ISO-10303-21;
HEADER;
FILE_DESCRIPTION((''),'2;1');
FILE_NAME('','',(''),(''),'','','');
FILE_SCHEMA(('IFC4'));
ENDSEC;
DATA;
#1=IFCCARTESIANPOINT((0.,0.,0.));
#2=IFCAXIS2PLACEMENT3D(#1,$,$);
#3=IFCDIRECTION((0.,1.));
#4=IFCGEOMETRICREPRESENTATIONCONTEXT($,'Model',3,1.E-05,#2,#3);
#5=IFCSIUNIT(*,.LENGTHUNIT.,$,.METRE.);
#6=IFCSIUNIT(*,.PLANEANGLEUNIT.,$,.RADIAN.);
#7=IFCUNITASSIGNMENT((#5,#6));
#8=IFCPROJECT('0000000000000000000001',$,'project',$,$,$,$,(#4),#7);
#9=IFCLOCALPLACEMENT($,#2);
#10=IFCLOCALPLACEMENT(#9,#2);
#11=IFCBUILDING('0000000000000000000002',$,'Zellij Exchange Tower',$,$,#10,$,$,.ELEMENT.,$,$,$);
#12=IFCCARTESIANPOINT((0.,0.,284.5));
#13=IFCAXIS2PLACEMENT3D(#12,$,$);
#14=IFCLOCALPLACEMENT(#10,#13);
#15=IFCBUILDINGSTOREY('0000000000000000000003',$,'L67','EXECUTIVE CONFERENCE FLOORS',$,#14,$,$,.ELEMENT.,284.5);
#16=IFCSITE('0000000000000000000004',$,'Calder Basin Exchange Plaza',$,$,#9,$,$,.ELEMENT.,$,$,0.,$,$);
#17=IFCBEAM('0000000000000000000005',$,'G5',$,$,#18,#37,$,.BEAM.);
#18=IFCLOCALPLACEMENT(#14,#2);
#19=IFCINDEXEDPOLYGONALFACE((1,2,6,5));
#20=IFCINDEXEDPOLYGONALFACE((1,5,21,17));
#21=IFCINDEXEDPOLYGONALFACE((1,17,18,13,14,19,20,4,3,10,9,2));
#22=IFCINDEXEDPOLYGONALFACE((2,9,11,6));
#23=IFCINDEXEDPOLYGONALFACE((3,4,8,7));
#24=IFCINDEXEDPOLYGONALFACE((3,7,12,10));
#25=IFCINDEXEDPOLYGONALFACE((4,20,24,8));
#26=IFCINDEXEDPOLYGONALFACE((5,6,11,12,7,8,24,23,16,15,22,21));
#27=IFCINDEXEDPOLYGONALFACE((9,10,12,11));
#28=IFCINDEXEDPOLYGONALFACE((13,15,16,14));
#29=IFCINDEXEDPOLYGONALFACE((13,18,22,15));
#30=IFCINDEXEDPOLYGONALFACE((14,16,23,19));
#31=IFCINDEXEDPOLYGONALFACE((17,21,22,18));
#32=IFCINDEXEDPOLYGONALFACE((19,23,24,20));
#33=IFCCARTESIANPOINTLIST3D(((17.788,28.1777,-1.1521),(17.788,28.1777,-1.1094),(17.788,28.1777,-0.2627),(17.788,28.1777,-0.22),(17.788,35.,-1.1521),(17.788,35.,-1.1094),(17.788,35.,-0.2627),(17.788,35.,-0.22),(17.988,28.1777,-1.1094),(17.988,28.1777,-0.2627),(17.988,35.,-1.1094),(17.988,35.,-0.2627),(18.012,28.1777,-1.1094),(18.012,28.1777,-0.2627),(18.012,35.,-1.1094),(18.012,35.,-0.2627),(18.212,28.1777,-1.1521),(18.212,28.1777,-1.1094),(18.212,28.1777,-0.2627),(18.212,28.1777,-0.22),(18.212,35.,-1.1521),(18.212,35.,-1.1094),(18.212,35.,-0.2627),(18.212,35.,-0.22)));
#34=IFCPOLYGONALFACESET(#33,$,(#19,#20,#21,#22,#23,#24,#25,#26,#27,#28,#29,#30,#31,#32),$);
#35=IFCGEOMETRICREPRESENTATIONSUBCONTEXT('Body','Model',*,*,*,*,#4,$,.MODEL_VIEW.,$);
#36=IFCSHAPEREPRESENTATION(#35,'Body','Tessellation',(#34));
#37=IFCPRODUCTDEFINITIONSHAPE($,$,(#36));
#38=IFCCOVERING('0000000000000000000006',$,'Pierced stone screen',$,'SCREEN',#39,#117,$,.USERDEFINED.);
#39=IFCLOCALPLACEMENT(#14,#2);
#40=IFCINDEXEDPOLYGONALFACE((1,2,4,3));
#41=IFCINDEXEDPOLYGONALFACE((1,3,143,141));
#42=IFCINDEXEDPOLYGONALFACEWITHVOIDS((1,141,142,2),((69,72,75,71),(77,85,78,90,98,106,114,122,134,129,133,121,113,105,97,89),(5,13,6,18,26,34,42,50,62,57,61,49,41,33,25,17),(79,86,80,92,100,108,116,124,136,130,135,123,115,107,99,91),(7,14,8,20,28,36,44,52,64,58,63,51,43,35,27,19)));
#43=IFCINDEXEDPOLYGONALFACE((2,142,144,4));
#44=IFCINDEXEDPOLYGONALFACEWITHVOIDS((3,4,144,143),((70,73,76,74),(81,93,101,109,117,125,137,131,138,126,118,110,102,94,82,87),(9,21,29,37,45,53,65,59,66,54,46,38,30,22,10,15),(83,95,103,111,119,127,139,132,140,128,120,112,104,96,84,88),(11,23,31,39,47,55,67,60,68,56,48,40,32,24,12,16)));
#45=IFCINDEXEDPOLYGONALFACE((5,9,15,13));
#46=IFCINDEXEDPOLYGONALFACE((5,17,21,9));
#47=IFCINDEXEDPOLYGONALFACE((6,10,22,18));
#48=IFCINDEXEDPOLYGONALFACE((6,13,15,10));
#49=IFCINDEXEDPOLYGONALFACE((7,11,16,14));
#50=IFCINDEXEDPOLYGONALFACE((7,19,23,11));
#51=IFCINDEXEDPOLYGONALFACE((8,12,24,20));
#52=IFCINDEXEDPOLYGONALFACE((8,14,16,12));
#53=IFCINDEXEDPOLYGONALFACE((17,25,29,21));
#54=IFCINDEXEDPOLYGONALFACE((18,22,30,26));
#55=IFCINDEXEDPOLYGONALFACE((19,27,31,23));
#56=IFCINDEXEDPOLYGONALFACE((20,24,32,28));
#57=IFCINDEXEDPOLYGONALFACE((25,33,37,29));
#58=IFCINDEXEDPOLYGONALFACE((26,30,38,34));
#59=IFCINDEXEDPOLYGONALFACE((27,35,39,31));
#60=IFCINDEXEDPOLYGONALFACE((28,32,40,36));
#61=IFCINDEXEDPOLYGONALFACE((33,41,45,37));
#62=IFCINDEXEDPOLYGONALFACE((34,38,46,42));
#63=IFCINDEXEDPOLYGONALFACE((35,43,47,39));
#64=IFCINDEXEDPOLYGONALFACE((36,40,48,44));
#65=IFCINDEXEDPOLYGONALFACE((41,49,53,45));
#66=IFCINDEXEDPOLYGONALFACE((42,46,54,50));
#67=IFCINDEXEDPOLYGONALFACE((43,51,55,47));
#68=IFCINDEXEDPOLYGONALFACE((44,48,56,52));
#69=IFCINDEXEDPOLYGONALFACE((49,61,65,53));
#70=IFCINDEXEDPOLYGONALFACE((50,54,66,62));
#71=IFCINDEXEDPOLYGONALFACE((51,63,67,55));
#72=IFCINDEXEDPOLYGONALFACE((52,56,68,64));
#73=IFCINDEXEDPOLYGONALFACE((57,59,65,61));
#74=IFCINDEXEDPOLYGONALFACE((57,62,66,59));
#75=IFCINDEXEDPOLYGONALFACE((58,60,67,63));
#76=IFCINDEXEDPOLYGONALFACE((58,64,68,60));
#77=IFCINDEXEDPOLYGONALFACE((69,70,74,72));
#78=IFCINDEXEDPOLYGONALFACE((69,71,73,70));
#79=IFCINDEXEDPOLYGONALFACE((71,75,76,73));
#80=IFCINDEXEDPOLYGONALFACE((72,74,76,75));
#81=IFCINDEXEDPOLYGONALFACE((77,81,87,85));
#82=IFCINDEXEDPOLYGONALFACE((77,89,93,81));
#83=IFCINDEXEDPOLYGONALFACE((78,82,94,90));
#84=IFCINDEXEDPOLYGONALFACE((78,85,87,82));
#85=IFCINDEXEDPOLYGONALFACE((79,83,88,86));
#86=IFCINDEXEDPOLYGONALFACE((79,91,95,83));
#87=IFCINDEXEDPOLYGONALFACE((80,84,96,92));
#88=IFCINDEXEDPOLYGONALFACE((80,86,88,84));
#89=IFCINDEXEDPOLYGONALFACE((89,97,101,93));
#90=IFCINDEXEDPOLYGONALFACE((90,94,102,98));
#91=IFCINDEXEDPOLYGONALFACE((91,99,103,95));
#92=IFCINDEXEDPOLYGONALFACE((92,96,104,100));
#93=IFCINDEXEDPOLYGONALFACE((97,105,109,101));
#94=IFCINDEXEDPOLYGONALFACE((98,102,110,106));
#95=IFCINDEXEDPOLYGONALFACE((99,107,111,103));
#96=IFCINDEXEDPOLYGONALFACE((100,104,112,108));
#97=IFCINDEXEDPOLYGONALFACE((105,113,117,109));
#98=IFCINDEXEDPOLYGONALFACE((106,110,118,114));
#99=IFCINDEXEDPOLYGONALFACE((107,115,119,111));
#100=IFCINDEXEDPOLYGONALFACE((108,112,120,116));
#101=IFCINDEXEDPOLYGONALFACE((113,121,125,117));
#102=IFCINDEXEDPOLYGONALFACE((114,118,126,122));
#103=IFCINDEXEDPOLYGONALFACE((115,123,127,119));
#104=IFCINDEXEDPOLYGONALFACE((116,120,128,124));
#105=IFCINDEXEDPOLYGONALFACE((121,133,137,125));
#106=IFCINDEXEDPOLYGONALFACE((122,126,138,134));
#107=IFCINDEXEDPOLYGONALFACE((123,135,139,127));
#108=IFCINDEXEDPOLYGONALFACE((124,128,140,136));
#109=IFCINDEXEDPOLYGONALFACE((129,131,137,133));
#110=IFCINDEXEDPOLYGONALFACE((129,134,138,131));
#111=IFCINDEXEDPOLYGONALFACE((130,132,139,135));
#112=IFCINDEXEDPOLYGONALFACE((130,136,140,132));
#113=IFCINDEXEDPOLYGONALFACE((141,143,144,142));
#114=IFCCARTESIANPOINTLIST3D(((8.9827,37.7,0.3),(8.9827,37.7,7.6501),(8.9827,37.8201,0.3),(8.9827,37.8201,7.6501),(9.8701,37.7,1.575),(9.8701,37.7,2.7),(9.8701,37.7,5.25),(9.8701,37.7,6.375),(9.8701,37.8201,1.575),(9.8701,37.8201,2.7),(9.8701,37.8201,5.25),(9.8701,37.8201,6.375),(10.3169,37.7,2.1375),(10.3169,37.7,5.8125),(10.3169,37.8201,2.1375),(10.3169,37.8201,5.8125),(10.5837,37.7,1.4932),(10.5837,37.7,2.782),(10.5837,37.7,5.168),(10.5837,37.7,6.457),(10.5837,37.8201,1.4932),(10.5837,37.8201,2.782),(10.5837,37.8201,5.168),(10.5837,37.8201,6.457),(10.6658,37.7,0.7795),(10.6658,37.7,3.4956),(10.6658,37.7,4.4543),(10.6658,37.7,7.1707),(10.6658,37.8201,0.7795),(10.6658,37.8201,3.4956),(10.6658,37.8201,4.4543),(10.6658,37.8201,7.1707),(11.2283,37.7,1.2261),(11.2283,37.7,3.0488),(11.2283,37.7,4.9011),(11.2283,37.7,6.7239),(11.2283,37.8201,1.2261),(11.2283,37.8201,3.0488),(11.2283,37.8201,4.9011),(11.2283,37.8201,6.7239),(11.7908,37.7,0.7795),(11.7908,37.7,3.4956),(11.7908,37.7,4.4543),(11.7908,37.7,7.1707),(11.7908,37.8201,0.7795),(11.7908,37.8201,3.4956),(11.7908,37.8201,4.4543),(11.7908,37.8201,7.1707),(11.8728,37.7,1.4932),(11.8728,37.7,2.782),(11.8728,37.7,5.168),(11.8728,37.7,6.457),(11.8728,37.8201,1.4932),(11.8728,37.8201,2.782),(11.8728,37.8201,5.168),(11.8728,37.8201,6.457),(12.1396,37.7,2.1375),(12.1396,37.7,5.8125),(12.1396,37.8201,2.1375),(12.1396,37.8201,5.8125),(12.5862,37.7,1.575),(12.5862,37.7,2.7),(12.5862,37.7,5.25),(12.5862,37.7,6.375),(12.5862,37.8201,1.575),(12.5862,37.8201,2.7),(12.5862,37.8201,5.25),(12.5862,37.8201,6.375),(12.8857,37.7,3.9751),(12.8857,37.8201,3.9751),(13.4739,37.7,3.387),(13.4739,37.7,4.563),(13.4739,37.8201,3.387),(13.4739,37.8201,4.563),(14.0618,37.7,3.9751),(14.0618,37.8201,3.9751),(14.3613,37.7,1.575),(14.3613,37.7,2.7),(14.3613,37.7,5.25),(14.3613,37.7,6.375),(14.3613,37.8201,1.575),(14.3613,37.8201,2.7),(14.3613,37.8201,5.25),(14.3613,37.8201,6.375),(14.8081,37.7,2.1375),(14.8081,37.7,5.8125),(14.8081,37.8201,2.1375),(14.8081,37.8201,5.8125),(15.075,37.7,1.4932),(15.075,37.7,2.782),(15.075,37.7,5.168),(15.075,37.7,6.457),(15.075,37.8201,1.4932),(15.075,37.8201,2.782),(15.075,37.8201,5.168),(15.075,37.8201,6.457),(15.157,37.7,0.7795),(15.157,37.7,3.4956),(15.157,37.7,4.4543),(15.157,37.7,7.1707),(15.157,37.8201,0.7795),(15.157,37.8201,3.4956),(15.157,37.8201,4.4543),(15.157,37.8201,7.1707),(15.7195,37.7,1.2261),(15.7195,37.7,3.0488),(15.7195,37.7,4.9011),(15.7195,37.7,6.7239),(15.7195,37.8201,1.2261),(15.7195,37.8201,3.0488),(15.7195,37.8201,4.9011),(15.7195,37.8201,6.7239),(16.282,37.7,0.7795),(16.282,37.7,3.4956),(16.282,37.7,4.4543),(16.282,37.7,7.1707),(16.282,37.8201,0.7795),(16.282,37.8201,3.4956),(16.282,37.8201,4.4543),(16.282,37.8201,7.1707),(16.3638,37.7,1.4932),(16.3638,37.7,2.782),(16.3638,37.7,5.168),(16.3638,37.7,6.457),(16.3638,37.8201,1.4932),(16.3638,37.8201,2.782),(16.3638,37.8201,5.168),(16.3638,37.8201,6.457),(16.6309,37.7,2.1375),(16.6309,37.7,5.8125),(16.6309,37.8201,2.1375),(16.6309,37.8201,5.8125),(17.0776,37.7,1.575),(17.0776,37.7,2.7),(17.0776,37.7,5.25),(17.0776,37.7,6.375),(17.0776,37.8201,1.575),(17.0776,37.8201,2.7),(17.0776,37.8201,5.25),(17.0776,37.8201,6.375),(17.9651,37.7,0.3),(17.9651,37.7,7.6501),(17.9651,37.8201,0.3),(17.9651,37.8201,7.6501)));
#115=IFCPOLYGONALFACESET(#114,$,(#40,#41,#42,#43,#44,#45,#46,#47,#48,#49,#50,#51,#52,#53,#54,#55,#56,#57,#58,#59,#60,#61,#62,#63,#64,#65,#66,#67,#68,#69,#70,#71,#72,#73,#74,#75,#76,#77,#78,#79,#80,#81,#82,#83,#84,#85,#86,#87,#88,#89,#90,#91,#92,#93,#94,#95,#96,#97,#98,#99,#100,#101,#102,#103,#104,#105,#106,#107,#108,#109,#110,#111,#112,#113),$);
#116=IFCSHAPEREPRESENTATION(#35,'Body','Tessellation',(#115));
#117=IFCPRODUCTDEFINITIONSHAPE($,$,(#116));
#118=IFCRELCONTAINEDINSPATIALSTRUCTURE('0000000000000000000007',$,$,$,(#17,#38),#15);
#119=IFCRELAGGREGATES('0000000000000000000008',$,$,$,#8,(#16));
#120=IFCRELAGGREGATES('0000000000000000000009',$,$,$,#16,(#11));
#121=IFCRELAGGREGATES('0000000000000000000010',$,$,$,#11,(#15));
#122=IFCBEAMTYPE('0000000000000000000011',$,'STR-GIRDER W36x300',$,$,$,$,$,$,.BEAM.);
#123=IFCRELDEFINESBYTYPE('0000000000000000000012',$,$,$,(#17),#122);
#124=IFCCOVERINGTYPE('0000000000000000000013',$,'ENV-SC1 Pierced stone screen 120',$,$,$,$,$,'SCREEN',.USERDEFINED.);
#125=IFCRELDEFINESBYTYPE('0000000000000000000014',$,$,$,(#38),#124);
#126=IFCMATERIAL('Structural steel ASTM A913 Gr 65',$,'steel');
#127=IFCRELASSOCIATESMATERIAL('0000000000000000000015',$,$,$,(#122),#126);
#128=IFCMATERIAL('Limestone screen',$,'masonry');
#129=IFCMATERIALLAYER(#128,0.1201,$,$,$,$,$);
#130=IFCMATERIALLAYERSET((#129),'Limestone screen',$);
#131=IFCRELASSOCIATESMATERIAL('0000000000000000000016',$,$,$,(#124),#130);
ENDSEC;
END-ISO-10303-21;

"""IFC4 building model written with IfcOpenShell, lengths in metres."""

from ifc_helpers import new_model, si_unit, direction, frame, origin, origin_2d, place, context, subcontext, project, spatial, polyline, i_section, outline, extrude, material, layer, layer_set, material_profile, profile_set, type_object, element, save


model = new_model("IFC4")

# Units and contexts
model_context = context("Model", 3, precision=1e-05, world=origin(), true_north=direction((0.0, 1.0)))
body_context = subcontext(model_context, "Body", "Model", "MODEL_VIEW")
ifc_project = project(units=[si_unit("LENGTHUNIT", "METRE"), si_unit("PLANEANGLEUNIT", "RADIAN")], contexts=[model_context])

# Site, building, storey
site_placement = place(None, origin())
site = spatial("IfcSite", under=ifc_project, at=site_placement, Name="Calder Basin Exchange Plaza", CompositionType="ELEMENT", RefElevation=0.0)
building_placement = place(site_placement, origin())
building = spatial("IfcBuilding", under=site, at=building_placement, Name="Zellij Exchange Tower", CompositionType="ELEMENT")
storey_placement = place(building_placement, frame((0.0, 0.0, 284.5)))
storey = spatial("IfcBuildingStorey", under=building, at=storey_placement, Name="L67", Description="EXECUTIVE CONFERENCE FLOORS", CompositionType="ELEMENT", Elevation=284.5)

# Beam
ifc_material_1 = material(Name="Structural steel ASTM A913 Gr 65", Category="steel")
ifc_material_profile_1 = material_profile(ifc_material_1, i_section(OverallWidth=0.4241, OverallDepth=0.9321, WebThickness=0.0239, FlangeThickness=0.0427, at=origin_2d()), Name="W36x300")
ifc_profile_set_1 = profile_set([ifc_material_profile_1], Name="Structural steel ASTM A913 Gr 65")
beam_type = type_object("IfcBeamType", Name="STR-GIRDER W36x300", PredefinedType="BEAM", material=ifc_profile_set_1)
for number, where, z_axis, x_axis, name in (
    (1, (18.0, 28.1777, -0.686), (0.0, 1.0, 0.0), (-1.0, 0.0, 0.0), "G5"),
):
    element("IfcBeam", number, at=place(storey_placement, frame(where, z_axis=z_axis, x_axis=x_axis)), inside=storey, type_object=beam_type, Name=name, PredefinedType="BEAM", context=body_context, shape_type="SweptSolid", body=[
        extrude(i_section(OverallWidth=0.4241, OverallDepth=0.9321, WebThickness=0.0239, FlangeThickness=0.0427, at=origin_2d()), origin(), (0.0, 0.0, 1.0), 6.8223),
    ])

# Covering
ifc_material_2 = material(Name="Limestone screen", Category="masonry")
ifc_layer = layer(ifc_material_2, 0.1201)
ifc_layer_set = layer_set([ifc_layer], Name="Limestone screen")
covering_type = type_object("IfcCoveringType", Name="ENV-SC1 Pierced stone screen 120", ElementType="SCREEN", PredefinedType="USERDEFINED", material=ifc_layer_set)
covering_1_placement = place(storey_placement, frame((17.9651, 37.76, 0.3), z_axis=(0.0, 0.0, 1.0), x_axis=(-1.0, 0.0, 0.0)))
element("IfcCovering", 2, at=covering_1_placement, inside=storey, type_object=covering_type, Name="Pierced stone screen", ObjectType="SCREEN", PredefinedType="USERDEFINED", context=body_context, shape_type="SweptSolid", body=[
    extrude(outline(polyline([(0.0, 0.0), (8.9824, 0.0), (8.9824, 7.3501), (0.0, 7.3501), (0.0, 0.0)]), holes=[polyline([(3.6038, 2.3999), (2.8901, 2.4819), (2.8081, 3.1956), (2.2456, 2.7488), (1.6831, 3.1956), (1.6013, 2.4819), (0.8875, 2.3999), (1.3342, 1.8374), (0.8875, 1.2749), (1.6013, 1.1931), (1.6831, 0.4795), (2.2456, 0.926), (2.8081, 0.4795), (2.8901, 1.1931), (3.6038, 1.2749), (3.157, 1.8374), (3.6038, 2.3999)]), polyline([(3.6038, 6.075), (2.8901, 6.157), (2.8081, 6.8706), (2.2456, 6.4238), (1.6831, 6.8706), (1.6013, 6.157), (0.8875, 6.075), (1.3342, 5.5125), (0.8875, 4.95), (1.6013, 4.8679), (1.6831, 4.1543), (2.2456, 4.6011), (2.8081, 4.1543), (2.8901, 4.8679), (3.6038, 4.95), (3.157, 5.5125), (3.6038, 6.075)]), polyline([(8.095, 2.3999), (7.3813, 2.4819), (7.2993, 3.1956), (6.7368, 2.7488), (6.1743, 3.1956), (6.0923, 2.4819), (5.3789, 2.3999), (5.8254, 1.8374), (5.3789, 1.2749), (6.0923, 1.1931), (6.1743, 0.4795), (6.7368, 0.926), (7.2993, 0.4795), (7.3813, 1.1931), (8.095, 1.2749), (7.6482, 1.8374), (8.095, 2.3999)]), polyline([(8.095, 6.075), (7.3813, 6.157), (7.2993, 6.8706), (6.7368, 6.4238), (6.1743, 6.8706), (6.0923, 6.157), (5.3789, 6.075), (5.8254, 5.5125), (5.3789, 4.95), (6.0923, 4.8679), (6.1743, 4.1543), (6.7368, 4.6011), (7.2993, 4.1543), (7.3813, 4.8679), (8.095, 4.95), (7.6482, 5.5125), (8.095, 6.075)]), polyline([(5.0793, 3.675), (4.4912, 4.2629), (3.9033, 3.675), (4.4912, 3.0869), (5.0793, 3.675)])]), frame((0.0, 0.0601, 0.0), z_axis=(0.0, -1.0, 0.0), x_axis=(1.0, 0.0, 0.0)), (0.0, 0.0, 1.0), 0.1201),
])

save(model, "model.ifc")
